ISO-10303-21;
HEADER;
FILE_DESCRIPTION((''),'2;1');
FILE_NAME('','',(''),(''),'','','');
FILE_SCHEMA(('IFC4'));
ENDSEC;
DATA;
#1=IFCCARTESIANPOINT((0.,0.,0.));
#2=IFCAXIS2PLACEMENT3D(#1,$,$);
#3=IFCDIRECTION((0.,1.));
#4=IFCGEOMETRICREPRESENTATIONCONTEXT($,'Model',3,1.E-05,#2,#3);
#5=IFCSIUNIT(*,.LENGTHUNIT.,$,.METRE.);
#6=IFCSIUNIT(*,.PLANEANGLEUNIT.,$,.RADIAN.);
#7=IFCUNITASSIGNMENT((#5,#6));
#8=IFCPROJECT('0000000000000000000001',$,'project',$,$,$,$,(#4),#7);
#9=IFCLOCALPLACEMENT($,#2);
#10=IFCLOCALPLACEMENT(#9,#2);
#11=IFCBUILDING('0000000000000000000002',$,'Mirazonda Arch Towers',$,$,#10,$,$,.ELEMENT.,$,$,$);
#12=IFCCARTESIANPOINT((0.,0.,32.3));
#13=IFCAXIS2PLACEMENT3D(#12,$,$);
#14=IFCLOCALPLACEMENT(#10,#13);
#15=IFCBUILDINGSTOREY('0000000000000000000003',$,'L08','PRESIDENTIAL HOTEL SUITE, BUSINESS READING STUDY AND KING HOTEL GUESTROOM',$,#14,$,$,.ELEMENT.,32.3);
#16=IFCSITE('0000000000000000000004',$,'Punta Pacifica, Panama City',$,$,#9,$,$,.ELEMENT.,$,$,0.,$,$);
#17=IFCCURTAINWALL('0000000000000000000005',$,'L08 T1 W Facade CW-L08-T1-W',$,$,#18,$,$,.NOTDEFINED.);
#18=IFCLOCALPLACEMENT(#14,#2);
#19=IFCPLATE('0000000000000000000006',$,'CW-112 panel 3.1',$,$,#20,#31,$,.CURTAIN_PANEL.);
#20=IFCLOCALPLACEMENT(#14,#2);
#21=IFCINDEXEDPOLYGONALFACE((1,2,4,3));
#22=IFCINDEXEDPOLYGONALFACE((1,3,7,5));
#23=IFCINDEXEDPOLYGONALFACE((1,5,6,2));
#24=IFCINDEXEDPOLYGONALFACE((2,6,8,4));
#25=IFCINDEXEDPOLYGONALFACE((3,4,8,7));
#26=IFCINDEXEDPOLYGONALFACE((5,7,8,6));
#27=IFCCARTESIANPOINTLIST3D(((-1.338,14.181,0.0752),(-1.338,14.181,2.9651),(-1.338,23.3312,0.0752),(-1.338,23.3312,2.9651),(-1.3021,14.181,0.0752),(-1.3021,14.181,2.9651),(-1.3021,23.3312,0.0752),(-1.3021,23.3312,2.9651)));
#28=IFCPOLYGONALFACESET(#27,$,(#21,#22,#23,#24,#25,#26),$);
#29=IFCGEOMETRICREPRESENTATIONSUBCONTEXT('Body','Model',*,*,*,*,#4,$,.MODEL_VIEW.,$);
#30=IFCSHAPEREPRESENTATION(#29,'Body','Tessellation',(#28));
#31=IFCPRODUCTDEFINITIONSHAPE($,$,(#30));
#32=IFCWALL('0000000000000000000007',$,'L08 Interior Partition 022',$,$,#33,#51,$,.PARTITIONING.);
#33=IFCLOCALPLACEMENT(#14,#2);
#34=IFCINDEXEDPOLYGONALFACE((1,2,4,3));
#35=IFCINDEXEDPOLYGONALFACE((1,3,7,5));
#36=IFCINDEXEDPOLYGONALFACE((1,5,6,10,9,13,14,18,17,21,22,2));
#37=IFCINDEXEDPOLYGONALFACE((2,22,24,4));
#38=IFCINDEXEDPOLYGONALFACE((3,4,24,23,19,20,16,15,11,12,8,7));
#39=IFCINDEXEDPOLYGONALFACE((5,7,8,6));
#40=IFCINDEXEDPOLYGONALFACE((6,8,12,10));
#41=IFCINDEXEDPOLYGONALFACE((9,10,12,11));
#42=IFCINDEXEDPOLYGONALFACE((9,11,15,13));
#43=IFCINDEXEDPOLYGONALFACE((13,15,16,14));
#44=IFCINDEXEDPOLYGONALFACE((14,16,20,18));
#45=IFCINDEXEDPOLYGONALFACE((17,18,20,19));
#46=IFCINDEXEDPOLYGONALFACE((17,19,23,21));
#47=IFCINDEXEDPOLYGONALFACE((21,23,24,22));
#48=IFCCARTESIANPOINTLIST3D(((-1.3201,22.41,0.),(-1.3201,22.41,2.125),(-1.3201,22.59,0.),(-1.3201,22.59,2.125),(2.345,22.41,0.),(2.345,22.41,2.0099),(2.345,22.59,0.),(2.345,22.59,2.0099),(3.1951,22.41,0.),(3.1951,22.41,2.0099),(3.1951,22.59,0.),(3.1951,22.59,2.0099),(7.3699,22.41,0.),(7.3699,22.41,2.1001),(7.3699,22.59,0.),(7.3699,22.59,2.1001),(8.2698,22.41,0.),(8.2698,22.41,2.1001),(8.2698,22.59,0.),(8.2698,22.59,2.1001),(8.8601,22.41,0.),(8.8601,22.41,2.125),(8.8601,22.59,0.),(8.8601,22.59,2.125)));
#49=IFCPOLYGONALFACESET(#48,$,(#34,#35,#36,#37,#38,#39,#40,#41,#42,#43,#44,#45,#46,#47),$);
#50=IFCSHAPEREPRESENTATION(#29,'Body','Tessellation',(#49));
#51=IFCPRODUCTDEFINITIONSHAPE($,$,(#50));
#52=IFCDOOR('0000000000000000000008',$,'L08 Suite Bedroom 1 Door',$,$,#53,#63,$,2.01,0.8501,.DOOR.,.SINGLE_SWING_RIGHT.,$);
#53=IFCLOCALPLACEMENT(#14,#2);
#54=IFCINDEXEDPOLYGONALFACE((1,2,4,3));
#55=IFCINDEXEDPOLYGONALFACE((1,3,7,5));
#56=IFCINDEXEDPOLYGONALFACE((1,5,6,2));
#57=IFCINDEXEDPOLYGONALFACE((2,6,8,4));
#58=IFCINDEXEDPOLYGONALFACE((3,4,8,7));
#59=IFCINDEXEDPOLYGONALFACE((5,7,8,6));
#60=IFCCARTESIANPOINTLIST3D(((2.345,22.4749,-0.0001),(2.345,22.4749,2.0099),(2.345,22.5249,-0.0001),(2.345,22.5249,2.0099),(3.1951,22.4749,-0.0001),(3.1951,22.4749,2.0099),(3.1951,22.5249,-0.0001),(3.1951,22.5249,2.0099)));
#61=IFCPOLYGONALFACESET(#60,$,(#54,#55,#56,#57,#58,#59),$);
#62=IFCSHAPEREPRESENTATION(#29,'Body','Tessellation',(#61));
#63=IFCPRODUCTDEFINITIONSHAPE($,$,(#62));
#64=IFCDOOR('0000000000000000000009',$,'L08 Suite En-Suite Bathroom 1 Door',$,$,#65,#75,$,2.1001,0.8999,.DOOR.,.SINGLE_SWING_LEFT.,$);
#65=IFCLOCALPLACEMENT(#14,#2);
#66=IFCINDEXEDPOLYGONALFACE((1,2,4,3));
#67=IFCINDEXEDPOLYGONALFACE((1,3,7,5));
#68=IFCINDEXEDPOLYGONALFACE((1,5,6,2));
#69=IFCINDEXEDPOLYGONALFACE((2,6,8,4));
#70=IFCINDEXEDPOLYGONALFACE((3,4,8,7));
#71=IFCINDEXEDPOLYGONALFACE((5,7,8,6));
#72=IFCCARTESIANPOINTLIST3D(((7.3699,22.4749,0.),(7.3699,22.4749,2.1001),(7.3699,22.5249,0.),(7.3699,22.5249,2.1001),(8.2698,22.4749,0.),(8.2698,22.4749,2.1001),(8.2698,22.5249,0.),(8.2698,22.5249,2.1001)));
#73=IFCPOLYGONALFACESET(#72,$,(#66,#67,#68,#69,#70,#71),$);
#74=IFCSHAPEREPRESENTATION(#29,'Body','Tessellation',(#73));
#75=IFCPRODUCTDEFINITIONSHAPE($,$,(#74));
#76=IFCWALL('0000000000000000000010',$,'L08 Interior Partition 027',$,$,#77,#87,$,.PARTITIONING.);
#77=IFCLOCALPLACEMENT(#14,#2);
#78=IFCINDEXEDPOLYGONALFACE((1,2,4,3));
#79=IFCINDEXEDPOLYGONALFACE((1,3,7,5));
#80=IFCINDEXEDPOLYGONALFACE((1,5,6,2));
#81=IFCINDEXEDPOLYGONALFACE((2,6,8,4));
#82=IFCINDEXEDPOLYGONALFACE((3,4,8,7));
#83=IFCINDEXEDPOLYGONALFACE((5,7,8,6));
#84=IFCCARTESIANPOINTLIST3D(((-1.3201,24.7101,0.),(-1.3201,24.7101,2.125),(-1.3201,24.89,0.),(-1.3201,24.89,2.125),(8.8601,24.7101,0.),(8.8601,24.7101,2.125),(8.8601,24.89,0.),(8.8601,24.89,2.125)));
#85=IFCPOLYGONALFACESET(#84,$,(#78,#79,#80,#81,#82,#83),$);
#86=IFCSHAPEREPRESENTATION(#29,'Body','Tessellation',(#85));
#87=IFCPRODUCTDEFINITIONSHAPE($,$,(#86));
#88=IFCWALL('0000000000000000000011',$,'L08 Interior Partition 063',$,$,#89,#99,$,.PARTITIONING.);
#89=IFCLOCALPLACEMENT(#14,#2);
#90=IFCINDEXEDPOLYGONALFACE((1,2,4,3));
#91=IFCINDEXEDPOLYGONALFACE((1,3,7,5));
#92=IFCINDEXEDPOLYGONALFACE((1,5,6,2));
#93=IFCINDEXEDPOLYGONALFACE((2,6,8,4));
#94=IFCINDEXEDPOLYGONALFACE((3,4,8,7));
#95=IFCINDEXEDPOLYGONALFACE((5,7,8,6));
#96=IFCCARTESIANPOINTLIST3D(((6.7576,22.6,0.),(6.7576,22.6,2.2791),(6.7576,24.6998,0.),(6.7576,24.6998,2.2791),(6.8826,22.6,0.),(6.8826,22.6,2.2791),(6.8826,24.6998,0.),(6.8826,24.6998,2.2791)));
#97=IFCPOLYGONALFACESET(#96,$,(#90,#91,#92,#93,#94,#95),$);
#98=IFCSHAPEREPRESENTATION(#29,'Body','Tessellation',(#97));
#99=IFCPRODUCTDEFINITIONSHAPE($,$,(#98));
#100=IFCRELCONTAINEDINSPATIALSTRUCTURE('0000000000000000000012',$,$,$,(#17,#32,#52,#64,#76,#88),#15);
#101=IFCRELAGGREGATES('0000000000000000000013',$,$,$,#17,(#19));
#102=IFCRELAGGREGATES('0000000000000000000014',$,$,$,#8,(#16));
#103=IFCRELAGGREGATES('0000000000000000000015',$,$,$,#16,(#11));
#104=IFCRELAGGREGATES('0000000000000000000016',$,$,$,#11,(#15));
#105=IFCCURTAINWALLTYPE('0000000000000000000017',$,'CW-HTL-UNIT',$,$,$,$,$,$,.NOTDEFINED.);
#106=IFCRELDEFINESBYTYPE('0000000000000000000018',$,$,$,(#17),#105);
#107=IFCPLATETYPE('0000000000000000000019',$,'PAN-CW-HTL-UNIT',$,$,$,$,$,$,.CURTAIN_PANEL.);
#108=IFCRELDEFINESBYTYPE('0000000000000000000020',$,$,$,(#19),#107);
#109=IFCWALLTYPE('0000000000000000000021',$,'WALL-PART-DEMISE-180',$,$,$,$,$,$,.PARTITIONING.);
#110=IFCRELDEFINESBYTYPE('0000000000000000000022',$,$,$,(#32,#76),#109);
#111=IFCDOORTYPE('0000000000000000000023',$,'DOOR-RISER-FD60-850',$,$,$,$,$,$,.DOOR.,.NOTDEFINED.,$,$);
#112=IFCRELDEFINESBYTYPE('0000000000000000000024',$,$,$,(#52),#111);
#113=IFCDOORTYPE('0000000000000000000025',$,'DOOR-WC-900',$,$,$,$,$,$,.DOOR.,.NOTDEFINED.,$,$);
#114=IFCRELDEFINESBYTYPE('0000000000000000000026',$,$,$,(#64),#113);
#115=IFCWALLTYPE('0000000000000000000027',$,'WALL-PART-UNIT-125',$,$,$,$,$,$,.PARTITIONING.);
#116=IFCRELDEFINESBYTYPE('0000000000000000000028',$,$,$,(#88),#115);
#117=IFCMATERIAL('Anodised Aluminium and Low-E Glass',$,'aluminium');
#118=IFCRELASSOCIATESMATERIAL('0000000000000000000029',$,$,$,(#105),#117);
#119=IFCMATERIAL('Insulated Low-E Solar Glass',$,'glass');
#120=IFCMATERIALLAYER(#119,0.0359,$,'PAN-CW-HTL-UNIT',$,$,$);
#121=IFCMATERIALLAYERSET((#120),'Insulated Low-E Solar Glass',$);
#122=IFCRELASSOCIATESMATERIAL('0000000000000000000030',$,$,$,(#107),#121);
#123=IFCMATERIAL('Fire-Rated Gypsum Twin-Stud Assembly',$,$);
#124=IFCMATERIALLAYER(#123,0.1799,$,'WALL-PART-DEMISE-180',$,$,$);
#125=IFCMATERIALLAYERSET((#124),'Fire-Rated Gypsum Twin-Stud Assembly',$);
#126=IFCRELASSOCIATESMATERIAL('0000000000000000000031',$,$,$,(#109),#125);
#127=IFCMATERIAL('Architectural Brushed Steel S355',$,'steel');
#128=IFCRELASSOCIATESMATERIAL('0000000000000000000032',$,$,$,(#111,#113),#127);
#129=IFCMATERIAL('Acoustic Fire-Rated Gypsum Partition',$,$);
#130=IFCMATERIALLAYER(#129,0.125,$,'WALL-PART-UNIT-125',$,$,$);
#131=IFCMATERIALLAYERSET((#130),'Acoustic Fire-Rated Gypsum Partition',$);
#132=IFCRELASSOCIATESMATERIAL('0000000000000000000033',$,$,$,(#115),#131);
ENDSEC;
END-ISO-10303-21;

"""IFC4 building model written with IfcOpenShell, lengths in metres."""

from ifc_helpers import new_model, si_unit, direction, frame, frame_2d, origin, origin_2d, place, context, subcontext, project, spatial, rectangle, extrude, material, layer, layer_set, type_object, element, fill, aggregate, save


model = new_model("IFC4")

# Units and contexts
model_context = context("Model", 3, precision=1e-05, world=origin(), true_north=direction((0.0, 1.0)))
body_context = subcontext(model_context, "Body", "Model", "MODEL_VIEW")
ifc_project = project(units=[si_unit("LENGTHUNIT", "METRE"), si_unit("PLANEANGLEUNIT", "RADIAN")], contexts=[model_context])

# Site, building, storey
site_placement = place(None, origin())
site = spatial("IfcSite", under=ifc_project, at=site_placement, Name="Punta Pacifica, Panama City", CompositionType="ELEMENT", RefElevation=0.0)
building_placement = place(site_placement, origin())
building = spatial("IfcBuilding", under=site, at=building_placement, Name="Mirazonda Arch Towers", CompositionType="ELEMENT")
storey_placement = place(building_placement, frame((0.0, 0.0, 32.3)))
storey = spatial("IfcBuildingStorey", under=building, at=storey_placement, Name="L08", Description="PRESIDENTIAL HOTEL SUITE, BUSINESS READING STUDY AND KING HOTEL GUESTROOM", CompositionType="ELEMENT", Elevation=32.3)

# Curtain wall, plate
ifc_material_1 = material(Name="Anodised Aluminium and Low-E Glass", Category="aluminium")
curtain_wall_type = type_object("IfcCurtainWallType", Name="CW-HTL-UNIT", PredefinedType="NOTDEFINED", material=ifc_material_1)
curtain_wall_placement = place(storey_placement, origin())
curtain_wall = element("IfcCurtainWall", 1, at=curtain_wall_placement, inside=storey, type_object=curtain_wall_type, Name="L08 T1 W Facade CW-L08-T1-W", PredefinedType="NOTDEFINED")
ifc_material_2 = material(Name="Insulated Low-E Solar Glass", Category="glass")
ifc_layer_1 = layer(ifc_material_2, 0.0359, Name="PAN-CW-HTL-UNIT")
ifc_layer_set_1 = layer_set([ifc_layer_1], Name="Insulated Low-E Solar Glass")
plate_type = type_object("IfcPlateType", Name="PAN-CW-HTL-UNIT", PredefinedType="CURTAIN_PANEL", material=ifc_layer_set_1)
plate_placement = place(storey_placement, frame((-1.3201, 18.7561, 0.0752), z_axis=(0.0, 0.0, 1.0), x_axis=(0.0, -1.0, 0.0)))
plate = element("IfcPlate", 2, at=plate_placement, type_object=plate_type, Name="CW-112 panel 3.1", PredefinedType="CURTAIN_PANEL", context=body_context, shape_type="SweptSolid", body=[
    extrude(rectangle(XDim=9.1501, YDim=0.0359, at=origin_2d()), origin(), (0.0, 0.0, 1.0), 2.8899),
])
aggregate(curtain_wall, [plate])

# Wall, openings, doors
ifc_material_3 = material(Name="Fire-Rated Gypsum Twin-Stud Assembly")
ifc_layer_2 = layer(ifc_material_3, 0.1799, Name="WALL-PART-DEMISE-180")
ifc_layer_set_2 = layer_set([ifc_layer_2], Name="Fire-Rated Gypsum Twin-Stud Assembly")
wall_type_1 = type_object("IfcWallType", Name="WALL-PART-DEMISE-180", PredefinedType="PARTITIONING", material=ifc_layer_set_2)
wall_1_placement = place(storey_placement, frame((-1.3201, 22.5, 0.0), z_axis=(0.0, 0.0, 1.0), x_axis=(1.0, 0.0, 0.0)))
wall_1 = element("IfcWall", 3, at=wall_1_placement, inside=storey, type_object=wall_type_1, Name="L08 Interior Partition 022", PredefinedType="PARTITIONING", context=body_context, shape_type="SweptSolid", body=[
    extrude(rectangle(XDim=10.1802, YDim=0.1799, at=frame_2d((5.0901, 0.0))), origin(), (0.0, 0.0, 1.0), 2.125),
])
opening_1_placement = place(wall_1_placement, frame((3.665, 0.0, 0.0)))
opening_1 = element("IfcOpeningElement", 4, at=opening_1_placement, cuts=wall_1, PredefinedType="OPENING", context=body_context, shape_type="SweptSolid", body=[
    extrude(rectangle(XDim=0.8501, YDim=2.01, at=frame_2d((0.425, 1.0049))), frame((0.0, 0.0999, 0.0), z_axis=(0.0, -1.0, 0.0), x_axis=(1.0, 0.0, 0.0)), (0.0, 0.0, 1.0), 0.2),
])
opening_2_placement = place(wall_1_placement, frame((8.6899, 0.0, 0.0)))
opening_2 = element("IfcOpeningElement", 5, at=opening_2_placement, cuts=wall_1, PredefinedType="OPENING", context=body_context, shape_type="SweptSolid", body=[
    extrude(rectangle(XDim=0.8999, YDim=2.1001, at=frame_2d((0.45, 1.05))), frame((0.0, 0.0999, 0.0), z_axis=(0.0, -1.0, 0.0), x_axis=(1.0, 0.0, 0.0)), (0.0, 0.0, 1.0), 0.2),
])
ifc_material_4 = material(Name="Architectural Brushed Steel S355", Category="steel")
door_type_1 = type_object("IfcDoorType", Name="DOOR-RISER-FD60-850", OperationType="NOTDEFINED", PredefinedType="DOOR", material=ifc_material_4)
door_1_placement = place(opening_1_placement, origin())
door_1 = element("IfcDoor", 6, at=door_1_placement, inside=storey, type_object=door_type_1, Name="L08 Suite Bedroom 1 Door", OperationType="SINGLE_SWING_RIGHT", OverallHeight=2.01, OverallWidth=0.8501, PredefinedType="DOOR", context=body_context, shape_type="SweptSolid", body=[
    extrude(rectangle(XDim=0.8501, YDim=2.01, at=frame_2d((0.425, 1.0049))), frame((0.0, 0.0249, 0.0), z_axis=(0.0, -1.0, 0.0), x_axis=(1.0, 0.0, 0.0)), (0.0, 0.0, 1.0), 0.05),
])
fill(opening_1, door_1)
door_type_2 = type_object("IfcDoorType", Name="DOOR-WC-900", OperationType="NOTDEFINED", PredefinedType="DOOR", material=ifc_material_4)
door_2_placement = place(opening_2_placement, origin())
door_2 = element("IfcDoor", 7, at=door_2_placement, inside=storey, type_object=door_type_2, Name="L08 Suite En-Suite Bathroom 1 Door", OperationType="SINGLE_SWING_LEFT", OverallHeight=2.1001, OverallWidth=0.8999, PredefinedType="DOOR", context=body_context, shape_type="SweptSolid", body=[
    extrude(rectangle(XDim=0.8999, YDim=2.1001, at=frame_2d((0.45, 1.05))), frame((0.0, 0.0249, 0.0), z_axis=(0.0, -1.0, 0.0), x_axis=(1.0, 0.0, 0.0)), (0.0, 0.0, 1.0), 0.05),
])
fill(opening_2, door_2)

# Walls
wall_2_placement = place(storey_placement, frame((-1.3201, 24.8, 0.0), z_axis=(0.0, 0.0, 1.0), x_axis=(1.0, 0.0, 0.0)))
element("IfcWall", 8, at=wall_2_placement, inside=storey, type_object=wall_type_1, Name="L08 Interior Partition 027", PredefinedType="PARTITIONING", context=body_context, shape_type="SweptSolid", body=[
    extrude(rectangle(XDim=10.1802, YDim=0.1799, at=frame_2d((5.0901, 0.0))), origin(), (0.0, 0.0, 1.0), 2.125),
])
ifc_material_5 = material(Name="Acoustic Fire-Rated Gypsum Partition")
ifc_layer_3 = layer(ifc_material_5, 0.125, Name="WALL-PART-UNIT-125")
ifc_layer_set_3 = layer_set([ifc_layer_3], Name="Acoustic Fire-Rated Gypsum Partition")
wall_type_2 = type_object("IfcWallType", Name="WALL-PART-UNIT-125", PredefinedType="PARTITIONING", material=ifc_layer_set_3)
wall_3_placement = place(storey_placement, frame((6.8201, 22.6001, 0.0), z_axis=(0.0, 0.0, 1.0), x_axis=(0.0, 1.0, 0.0)))
element("IfcWall", 9, at=wall_3_placement, inside=storey, type_object=wall_type_2, Name="L08 Interior Partition 063", PredefinedType="PARTITIONING", context=body_context, shape_type="SweptSolid", body=[
    extrude(rectangle(XDim=2.0999, YDim=0.125, at=frame_2d((1.0498, 0.0))), origin(), (0.0, 0.0, 1.0), 2.2791),
])

save(model, "model.ifc")
